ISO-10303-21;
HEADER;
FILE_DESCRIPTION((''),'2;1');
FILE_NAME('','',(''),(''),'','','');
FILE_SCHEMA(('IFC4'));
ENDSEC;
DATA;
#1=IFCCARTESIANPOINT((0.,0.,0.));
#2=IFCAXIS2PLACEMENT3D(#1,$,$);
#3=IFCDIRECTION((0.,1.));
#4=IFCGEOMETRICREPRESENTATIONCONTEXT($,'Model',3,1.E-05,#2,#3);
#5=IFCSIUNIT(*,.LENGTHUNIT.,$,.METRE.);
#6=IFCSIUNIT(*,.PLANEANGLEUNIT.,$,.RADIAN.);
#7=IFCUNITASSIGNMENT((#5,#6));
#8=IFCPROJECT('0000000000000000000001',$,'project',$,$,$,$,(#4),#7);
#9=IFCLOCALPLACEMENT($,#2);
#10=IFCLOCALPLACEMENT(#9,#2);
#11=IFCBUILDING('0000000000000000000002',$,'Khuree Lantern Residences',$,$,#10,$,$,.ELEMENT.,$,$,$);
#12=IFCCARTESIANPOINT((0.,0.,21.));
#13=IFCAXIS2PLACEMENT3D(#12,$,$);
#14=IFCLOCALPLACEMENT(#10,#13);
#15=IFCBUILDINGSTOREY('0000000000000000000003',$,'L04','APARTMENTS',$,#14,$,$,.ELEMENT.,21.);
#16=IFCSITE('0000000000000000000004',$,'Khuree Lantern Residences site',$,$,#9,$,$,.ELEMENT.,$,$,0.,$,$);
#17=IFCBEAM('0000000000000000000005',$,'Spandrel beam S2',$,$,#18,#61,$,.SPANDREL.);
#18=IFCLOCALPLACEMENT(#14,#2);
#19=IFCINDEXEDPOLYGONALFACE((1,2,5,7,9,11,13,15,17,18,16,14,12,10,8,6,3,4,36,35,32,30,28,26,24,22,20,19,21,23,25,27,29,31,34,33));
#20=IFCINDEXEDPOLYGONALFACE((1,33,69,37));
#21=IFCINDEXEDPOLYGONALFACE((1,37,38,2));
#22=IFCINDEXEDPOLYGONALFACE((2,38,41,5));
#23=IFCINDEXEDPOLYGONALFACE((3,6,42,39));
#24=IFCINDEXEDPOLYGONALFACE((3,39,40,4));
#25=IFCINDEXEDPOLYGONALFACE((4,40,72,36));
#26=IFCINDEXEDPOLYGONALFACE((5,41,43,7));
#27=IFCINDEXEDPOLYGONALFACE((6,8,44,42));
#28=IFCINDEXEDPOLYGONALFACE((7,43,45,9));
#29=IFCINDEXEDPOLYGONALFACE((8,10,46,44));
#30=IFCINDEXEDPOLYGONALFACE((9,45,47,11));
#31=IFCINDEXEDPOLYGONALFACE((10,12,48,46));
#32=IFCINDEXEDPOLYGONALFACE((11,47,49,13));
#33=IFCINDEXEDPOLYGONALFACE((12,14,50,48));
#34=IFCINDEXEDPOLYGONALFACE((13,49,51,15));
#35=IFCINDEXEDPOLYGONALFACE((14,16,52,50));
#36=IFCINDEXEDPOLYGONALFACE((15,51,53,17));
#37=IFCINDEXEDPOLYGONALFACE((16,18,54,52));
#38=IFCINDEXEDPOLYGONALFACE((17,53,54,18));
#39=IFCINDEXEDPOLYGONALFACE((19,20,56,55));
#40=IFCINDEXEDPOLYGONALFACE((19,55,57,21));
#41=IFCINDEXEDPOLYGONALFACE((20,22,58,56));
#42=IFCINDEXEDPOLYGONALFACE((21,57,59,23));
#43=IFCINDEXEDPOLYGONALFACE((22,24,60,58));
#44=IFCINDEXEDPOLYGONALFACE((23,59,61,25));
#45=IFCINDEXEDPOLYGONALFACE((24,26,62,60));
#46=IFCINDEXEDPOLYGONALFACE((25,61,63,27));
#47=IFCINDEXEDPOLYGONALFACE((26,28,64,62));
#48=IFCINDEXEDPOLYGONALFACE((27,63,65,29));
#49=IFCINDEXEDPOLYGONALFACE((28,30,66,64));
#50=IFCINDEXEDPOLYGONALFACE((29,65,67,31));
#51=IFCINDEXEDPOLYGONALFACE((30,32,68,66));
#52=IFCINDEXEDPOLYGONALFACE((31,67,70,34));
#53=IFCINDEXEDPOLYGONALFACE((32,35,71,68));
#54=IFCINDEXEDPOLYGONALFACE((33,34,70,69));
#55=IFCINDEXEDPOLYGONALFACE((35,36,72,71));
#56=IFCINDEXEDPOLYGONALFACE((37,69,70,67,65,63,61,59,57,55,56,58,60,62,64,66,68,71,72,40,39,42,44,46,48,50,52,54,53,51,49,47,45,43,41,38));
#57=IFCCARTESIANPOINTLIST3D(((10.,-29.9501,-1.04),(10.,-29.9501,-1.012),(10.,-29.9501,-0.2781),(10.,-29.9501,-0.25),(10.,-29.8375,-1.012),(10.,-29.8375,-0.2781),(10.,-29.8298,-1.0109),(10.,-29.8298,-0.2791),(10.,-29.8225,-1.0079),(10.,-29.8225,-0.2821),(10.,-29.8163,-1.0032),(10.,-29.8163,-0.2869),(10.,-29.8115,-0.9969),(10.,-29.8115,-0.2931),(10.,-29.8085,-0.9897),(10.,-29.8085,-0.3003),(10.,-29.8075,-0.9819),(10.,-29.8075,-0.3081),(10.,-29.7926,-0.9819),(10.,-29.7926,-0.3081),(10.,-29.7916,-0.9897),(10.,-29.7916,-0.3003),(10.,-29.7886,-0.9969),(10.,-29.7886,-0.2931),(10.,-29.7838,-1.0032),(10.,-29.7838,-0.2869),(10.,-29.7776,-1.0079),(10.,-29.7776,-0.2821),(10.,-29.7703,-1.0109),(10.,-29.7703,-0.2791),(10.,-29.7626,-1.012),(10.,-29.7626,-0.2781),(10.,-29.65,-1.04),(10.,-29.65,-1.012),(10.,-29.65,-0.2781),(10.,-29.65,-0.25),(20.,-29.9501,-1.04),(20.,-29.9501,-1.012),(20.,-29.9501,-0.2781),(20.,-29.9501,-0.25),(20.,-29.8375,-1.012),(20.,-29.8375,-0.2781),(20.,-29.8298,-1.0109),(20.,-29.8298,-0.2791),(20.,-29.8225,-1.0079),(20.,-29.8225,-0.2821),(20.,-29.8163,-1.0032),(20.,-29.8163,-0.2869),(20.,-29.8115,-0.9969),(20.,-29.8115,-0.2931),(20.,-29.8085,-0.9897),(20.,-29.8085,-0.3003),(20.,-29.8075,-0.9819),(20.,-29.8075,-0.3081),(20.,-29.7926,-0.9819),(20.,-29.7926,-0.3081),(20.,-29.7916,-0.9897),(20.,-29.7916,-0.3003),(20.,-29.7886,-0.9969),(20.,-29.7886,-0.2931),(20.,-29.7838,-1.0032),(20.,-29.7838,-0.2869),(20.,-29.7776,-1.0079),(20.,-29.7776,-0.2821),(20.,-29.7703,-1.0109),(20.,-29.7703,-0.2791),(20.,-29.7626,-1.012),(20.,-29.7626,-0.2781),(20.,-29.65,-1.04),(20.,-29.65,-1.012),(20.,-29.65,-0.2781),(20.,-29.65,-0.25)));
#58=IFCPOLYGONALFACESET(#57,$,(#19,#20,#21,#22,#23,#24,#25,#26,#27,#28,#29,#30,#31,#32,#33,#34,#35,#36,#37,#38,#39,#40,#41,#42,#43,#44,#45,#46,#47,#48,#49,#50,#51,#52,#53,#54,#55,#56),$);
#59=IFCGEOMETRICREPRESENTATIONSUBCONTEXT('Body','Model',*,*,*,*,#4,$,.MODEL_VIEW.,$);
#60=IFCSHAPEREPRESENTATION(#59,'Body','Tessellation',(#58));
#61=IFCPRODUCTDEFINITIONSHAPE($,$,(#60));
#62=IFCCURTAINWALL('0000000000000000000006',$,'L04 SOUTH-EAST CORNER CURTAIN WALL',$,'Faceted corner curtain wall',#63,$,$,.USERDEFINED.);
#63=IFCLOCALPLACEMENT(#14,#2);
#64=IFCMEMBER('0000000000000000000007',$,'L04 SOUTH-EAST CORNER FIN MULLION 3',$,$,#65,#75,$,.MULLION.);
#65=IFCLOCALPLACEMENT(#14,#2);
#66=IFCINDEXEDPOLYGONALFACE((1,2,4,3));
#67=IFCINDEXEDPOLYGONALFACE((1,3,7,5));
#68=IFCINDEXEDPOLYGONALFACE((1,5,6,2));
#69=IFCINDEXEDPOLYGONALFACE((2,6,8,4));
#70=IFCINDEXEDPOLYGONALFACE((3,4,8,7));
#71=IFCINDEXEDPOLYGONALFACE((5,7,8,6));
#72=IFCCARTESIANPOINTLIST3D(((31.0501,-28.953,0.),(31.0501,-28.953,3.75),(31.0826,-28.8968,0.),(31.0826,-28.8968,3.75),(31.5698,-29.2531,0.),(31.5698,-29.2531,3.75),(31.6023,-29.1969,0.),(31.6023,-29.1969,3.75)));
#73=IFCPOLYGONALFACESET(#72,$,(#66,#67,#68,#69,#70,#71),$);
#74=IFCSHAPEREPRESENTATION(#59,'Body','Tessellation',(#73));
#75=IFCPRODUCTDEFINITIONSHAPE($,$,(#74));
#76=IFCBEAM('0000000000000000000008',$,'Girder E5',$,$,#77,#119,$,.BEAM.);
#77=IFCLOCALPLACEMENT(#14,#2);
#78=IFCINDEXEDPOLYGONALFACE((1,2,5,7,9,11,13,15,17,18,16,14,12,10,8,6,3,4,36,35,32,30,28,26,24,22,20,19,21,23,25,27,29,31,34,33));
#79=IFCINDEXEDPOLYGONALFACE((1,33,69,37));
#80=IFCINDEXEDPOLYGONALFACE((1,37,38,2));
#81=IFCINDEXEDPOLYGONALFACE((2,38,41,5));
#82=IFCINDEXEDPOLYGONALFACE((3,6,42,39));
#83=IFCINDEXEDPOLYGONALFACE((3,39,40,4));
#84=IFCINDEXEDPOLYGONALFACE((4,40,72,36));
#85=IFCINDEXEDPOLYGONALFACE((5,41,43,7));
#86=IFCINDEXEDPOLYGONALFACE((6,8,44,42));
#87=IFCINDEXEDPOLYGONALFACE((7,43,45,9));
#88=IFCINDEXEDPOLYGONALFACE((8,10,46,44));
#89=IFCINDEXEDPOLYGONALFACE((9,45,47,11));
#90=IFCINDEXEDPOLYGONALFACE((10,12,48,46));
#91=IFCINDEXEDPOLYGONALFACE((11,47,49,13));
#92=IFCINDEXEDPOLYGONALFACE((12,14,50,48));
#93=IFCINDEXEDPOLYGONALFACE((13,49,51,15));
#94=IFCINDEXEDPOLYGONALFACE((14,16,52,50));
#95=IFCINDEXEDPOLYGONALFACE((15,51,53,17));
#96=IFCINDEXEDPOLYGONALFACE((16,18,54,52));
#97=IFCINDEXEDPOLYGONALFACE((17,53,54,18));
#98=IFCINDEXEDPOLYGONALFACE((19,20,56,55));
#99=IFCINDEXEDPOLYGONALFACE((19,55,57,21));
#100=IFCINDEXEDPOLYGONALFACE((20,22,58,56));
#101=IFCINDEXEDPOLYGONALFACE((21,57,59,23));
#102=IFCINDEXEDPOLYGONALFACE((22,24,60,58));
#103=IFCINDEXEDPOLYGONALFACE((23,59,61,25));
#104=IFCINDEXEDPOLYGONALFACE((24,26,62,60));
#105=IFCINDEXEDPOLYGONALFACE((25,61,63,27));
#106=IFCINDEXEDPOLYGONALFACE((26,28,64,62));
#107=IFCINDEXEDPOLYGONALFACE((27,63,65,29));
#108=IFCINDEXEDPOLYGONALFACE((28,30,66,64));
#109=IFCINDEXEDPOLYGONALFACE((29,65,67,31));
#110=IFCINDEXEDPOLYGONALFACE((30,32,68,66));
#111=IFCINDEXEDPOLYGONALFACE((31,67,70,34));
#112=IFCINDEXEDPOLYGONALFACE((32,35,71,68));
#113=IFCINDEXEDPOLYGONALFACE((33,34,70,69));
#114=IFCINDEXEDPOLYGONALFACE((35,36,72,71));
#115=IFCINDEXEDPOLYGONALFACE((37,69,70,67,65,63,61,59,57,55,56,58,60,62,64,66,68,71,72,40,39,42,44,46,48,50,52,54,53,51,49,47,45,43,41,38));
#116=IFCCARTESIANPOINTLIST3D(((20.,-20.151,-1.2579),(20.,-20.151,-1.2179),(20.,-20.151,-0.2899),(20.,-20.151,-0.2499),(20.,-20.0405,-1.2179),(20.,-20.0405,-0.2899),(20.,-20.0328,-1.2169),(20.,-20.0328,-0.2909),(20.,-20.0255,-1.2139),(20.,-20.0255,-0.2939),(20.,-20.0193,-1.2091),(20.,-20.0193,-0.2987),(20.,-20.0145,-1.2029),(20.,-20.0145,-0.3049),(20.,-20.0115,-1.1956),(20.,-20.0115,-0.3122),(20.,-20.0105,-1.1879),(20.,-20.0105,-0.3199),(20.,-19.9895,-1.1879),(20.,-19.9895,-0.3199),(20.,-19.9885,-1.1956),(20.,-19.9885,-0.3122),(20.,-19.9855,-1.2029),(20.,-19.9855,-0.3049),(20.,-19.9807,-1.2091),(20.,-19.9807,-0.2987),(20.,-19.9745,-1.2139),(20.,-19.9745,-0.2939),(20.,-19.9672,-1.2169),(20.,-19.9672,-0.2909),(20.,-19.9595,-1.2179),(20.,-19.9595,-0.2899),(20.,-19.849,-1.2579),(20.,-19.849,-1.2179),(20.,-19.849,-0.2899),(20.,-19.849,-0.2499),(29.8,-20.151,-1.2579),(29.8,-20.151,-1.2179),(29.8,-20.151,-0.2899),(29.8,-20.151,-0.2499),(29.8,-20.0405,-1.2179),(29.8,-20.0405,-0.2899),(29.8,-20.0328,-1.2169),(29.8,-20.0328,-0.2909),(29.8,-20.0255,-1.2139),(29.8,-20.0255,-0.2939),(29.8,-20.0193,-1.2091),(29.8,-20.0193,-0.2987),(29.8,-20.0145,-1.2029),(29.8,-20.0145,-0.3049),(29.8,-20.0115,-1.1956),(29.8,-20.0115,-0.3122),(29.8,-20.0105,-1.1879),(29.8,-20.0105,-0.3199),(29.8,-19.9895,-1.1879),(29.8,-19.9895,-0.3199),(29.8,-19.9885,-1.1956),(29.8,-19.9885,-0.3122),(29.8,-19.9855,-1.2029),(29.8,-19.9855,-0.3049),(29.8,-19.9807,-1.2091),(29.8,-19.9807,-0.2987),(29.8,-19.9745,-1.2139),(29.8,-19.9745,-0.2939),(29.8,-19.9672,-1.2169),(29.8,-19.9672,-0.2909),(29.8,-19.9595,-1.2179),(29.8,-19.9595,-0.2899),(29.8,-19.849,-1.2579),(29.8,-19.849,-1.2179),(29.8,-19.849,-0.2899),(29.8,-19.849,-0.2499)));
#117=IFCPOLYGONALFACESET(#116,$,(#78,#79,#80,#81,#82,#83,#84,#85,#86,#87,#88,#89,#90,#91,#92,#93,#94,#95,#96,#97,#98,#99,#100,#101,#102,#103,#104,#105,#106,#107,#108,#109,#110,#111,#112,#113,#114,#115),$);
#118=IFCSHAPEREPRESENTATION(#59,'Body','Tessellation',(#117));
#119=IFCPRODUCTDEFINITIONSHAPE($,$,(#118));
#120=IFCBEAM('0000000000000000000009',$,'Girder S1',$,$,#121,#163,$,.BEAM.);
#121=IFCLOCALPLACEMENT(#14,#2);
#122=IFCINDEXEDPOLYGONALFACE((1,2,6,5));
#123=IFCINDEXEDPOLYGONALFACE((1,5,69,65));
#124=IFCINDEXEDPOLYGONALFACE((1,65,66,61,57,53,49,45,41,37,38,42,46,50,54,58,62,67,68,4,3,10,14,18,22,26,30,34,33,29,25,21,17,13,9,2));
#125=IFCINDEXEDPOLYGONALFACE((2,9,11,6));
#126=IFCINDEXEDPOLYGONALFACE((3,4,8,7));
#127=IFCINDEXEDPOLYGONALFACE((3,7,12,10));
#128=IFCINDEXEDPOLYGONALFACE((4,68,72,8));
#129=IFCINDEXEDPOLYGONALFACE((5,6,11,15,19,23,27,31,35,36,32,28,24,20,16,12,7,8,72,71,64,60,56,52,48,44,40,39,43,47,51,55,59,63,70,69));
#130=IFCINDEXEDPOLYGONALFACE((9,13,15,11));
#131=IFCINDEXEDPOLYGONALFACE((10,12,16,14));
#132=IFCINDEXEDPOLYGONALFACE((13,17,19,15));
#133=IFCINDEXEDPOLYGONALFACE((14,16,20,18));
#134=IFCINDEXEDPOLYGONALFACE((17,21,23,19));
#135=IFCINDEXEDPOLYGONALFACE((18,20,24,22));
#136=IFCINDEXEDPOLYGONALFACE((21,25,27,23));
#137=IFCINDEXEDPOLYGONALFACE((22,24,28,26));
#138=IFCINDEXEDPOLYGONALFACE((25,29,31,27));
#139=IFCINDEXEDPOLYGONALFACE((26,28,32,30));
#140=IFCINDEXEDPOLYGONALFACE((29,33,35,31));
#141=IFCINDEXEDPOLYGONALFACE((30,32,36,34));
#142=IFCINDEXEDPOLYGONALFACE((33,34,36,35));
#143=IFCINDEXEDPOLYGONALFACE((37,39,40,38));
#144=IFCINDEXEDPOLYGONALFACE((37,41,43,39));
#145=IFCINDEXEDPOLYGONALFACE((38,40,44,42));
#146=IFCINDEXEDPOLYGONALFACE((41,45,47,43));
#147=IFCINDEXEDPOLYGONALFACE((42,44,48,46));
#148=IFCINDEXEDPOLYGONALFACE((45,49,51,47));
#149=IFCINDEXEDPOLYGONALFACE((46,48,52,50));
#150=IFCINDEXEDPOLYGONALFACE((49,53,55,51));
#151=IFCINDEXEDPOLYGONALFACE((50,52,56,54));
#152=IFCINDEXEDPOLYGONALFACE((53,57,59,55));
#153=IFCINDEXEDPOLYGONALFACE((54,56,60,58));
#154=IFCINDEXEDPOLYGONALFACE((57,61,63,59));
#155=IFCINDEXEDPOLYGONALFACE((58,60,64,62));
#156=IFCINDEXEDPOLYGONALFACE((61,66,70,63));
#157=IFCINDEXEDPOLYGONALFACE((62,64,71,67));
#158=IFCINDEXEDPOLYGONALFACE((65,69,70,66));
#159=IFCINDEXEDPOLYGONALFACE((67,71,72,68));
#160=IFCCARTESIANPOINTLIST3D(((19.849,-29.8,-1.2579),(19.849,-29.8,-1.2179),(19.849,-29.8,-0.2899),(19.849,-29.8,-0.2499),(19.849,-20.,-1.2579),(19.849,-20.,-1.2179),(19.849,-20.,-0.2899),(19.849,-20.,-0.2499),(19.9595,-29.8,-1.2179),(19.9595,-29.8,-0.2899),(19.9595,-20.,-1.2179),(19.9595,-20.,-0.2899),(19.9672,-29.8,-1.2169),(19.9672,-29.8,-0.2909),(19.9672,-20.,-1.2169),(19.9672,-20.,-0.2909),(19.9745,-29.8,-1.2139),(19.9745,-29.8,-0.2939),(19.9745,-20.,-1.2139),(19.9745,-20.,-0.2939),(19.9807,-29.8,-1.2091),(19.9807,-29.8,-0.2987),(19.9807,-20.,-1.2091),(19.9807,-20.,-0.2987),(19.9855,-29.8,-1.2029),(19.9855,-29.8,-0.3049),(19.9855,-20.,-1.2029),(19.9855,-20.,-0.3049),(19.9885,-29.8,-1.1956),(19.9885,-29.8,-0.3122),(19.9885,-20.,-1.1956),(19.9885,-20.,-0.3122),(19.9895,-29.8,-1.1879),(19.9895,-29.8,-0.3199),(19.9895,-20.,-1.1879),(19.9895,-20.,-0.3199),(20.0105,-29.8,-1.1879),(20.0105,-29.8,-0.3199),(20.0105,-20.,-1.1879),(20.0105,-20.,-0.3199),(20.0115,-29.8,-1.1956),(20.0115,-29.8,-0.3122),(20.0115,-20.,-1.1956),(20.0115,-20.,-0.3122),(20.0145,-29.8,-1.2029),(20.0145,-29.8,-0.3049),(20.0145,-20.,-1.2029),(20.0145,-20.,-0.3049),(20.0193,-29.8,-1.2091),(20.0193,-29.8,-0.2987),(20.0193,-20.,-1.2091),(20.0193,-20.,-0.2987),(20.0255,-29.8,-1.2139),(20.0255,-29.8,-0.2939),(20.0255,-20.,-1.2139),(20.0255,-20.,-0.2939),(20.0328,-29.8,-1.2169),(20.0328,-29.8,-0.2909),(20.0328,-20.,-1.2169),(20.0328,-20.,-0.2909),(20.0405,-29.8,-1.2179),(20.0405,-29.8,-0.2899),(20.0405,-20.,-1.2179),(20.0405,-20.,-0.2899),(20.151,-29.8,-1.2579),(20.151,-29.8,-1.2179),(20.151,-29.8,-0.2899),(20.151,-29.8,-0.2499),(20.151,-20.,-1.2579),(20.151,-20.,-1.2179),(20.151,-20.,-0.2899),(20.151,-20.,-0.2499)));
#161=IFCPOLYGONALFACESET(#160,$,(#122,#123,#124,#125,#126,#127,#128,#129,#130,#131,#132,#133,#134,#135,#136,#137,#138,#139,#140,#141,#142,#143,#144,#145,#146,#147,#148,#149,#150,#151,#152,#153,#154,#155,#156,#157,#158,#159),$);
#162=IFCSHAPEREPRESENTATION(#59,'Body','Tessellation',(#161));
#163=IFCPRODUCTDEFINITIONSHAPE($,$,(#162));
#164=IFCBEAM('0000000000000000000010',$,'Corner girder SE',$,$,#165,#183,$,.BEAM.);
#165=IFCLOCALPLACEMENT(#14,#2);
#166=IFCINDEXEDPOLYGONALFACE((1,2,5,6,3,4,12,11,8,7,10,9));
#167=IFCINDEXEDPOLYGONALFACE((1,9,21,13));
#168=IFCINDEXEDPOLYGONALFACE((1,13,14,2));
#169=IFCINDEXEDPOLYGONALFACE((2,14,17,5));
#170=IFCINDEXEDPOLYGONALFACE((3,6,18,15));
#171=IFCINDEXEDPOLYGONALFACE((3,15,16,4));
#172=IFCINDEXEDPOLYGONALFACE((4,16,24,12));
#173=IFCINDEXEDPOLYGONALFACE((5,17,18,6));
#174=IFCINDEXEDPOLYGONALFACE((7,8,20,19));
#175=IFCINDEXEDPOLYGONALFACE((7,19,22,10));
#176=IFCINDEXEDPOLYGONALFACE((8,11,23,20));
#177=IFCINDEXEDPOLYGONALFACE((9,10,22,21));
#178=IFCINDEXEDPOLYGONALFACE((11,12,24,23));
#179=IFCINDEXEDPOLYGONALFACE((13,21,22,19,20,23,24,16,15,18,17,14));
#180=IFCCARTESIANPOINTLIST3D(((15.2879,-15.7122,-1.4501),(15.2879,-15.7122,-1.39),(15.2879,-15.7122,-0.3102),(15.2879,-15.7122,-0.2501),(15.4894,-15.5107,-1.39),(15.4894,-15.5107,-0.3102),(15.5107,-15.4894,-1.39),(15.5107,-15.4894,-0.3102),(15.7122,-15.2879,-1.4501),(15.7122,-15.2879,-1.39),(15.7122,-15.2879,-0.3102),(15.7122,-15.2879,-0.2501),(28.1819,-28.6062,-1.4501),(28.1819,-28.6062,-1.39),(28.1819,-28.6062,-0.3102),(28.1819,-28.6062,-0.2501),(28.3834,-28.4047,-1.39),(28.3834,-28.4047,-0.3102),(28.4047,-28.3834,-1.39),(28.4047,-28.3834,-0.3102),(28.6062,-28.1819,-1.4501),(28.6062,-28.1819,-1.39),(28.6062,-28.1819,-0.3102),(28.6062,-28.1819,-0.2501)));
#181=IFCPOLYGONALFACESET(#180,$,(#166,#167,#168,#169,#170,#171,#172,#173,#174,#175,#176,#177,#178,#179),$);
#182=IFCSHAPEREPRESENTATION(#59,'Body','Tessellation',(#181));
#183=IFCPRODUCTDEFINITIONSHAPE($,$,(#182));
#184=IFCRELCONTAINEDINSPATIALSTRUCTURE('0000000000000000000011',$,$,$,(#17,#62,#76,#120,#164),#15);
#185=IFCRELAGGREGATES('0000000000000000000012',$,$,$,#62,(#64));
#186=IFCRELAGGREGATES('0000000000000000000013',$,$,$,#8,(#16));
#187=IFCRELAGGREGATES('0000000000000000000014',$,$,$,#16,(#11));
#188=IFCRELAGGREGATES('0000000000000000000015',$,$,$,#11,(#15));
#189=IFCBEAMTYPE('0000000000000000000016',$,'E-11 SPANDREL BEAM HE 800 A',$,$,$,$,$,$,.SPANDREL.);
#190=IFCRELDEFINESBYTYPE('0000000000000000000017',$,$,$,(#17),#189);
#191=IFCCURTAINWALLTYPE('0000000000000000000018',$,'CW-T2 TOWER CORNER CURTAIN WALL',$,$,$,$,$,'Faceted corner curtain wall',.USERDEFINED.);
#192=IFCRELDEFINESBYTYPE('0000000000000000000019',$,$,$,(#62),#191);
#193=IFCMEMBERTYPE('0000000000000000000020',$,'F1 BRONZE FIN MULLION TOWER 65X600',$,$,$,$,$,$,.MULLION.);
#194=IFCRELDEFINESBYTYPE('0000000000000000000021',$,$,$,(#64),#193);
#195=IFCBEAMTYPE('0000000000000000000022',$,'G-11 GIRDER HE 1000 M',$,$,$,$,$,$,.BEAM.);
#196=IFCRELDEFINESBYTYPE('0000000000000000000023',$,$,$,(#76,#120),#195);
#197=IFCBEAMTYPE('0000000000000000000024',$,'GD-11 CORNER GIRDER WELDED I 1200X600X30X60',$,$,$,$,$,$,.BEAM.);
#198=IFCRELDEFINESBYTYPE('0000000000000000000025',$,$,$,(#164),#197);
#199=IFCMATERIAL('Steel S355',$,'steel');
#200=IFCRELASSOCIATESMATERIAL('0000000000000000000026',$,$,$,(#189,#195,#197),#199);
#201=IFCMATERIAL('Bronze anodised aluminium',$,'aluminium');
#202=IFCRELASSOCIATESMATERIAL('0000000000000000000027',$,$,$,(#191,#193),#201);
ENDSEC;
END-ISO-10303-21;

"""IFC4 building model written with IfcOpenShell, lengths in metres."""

from ifc_helpers import new_model, si_unit, direction, frame, origin, origin_2d, place, context, subcontext, project, spatial, rectangle, i_section, extrude, material, material_profile, profile_set, type_object, element, aggregate, save


model = new_model("IFC4")

# Units and contexts
model_context = context("Model", 3, precision=1e-05, world=origin(), true_north=direction((0.0, 1.0)))
body_context = subcontext(model_context, "Body", "Model", "MODEL_VIEW")
ifc_project = project(units=[si_unit("LENGTHUNIT", "METRE"), si_unit("PLANEANGLEUNIT", "RADIAN")], contexts=[model_context])

# Site, building, storey
site_placement = place(None, origin())
site = spatial("IfcSite", under=ifc_project, at=site_placement, Name="Khuree Lantern Residences site", CompositionType="ELEMENT", RefElevation=0.0)
building_placement = place(site_placement, origin())
building = spatial("IfcBuilding", under=site, at=building_placement, Name="Khuree Lantern Residences", CompositionType="ELEMENT")
storey_placement = place(building_placement, frame((0.0, 0.0, 21.0)))
storey = spatial("IfcBuildingStorey", under=building, at=storey_placement, Name="L04", Description="APARTMENTS", CompositionType="ELEMENT", Elevation=21.0)

# Beam
ifc_material_1 = material(Name="Steel S355", Category="steel")
ifc_material_profile_1 = material_profile(ifc_material_1, i_section(OverallWidth=0.3, OverallDepth=0.79, WebThickness=0.0149, FlangeThickness=0.0281, FilletRadius=0.03, at=origin_2d()), Name="HE 800 A")
ifc_profile_set_1 = profile_set([ifc_material_profile_1], Name="Steel S355")
beam_type_1 = type_object("IfcBeamType", Name="E-11 SPANDREL BEAM HE 800 A", PredefinedType="SPANDREL", material=ifc_profile_set_1)
beam_1_placement = place(storey_placement, frame((20.0, -29.8, -0.645), z_axis=(-1.0, 0.0, 0.0), x_axis=(0.0, -1.0, 0.0)))
element("IfcBeam", 1, at=beam_1_placement, inside=storey, type_object=beam_type_1, Name="Spandrel beam S2", PredefinedType="SPANDREL", context=body_context, shape_type="SweptSolid", body=[
    extrude(i_section(OverallWidth=0.3, OverallDepth=0.79, WebThickness=0.0149, FlangeThickness=0.0281, FilletRadius=0.03, at=origin_2d()), origin(), (0.0, 0.0, 1.0), 10.0),
])

# Curtain wall, member
ifc_material_2 = material(Name="Bronze anodised aluminium", Category="aluminium")
curtain_wall_type_1 = type_object("IfcCurtainWallType", Name="CW-T2 TOWER CORNER CURTAIN WALL", ElementType="Faceted corner curtain wall", PredefinedType="USERDEFINED", material=ifc_material_2)
curtain_wall_1_placement = place(storey_placement, origin())
curtain_wall_1 = element("IfcCurtainWall", 2, at=curtain_wall_1_placement, inside=storey, type_object=curtain_wall_type_1, Name="L04 SOUTH-EAST CORNER CURTAIN WALL", ObjectType="Faceted corner curtain wall", PredefinedType="USERDEFINED")
ifc_material_profile_2 = material_profile(ifc_material_2, rectangle(XDim=0.0649, YDim=0.6001, at=origin_2d()), Name="F1 65X600")
ifc_profile_set_2 = profile_set([ifc_material_profile_2], Name="Bronze anodised aluminium")
member_type_1 = type_object("IfcMemberType", Name="F1 BRONZE FIN MULLION TOWER 65X600", PredefinedType="MULLION", material=ifc_profile_set_2)
member_1_placement = place(storey_placement, frame((31.3262, -29.075, 0.0), z_axis=(0.0, 0.0, 1.0), x_axis=(0.5, 0.866025, 0.0)))
member_1 = element("IfcMember", 3, at=member_1_placement, type_object=member_type_1, Name="L04 SOUTH-EAST CORNER FIN MULLION 3", PredefinedType="MULLION", context=body_context, shape_type="SweptSolid", body=[
    extrude(rectangle(XDim=0.0649, YDim=0.6001, at=origin_2d()), origin(), (0.0, 0.0, 1.0), 3.75),
])

# Beams
ifc_material_profile_3 = material_profile(ifc_material_1, i_section(OverallWidth=0.302, OverallDepth=1.0081, WebThickness=0.021, FlangeThickness=0.04, FilletRadius=0.03, at=origin_2d()), Name="HE 1000 M")
ifc_profile_set_3 = profile_set([ifc_material_profile_3], Name="Steel S355")
beam_type_2 = type_object("IfcBeamType", Name="G-11 GIRDER HE 1000 M", PredefinedType="BEAM", material=ifc_profile_set_3)
for number, where, z_axis, x_axis, name in (
    (4, (29.8, -20.0, -0.7539), (-1.0, 0.0, 0.0), (0.0, -1.0, 0.0), "Girder E5"),
    (5, (20.0, -29.8, -0.7539), (0.0, 1.0, 0.0), (-1.0, 0.0, 0.0), "Girder S1"),
):
    element("IfcBeam", number, at=place(storey_placement, frame(where, z_axis=z_axis, x_axis=x_axis)), inside=storey, type_object=beam_type_2, Name=name, PredefinedType="BEAM", context=body_context, shape_type="SweptSolid", body=[
        extrude(i_section(OverallWidth=0.302, OverallDepth=1.0081, WebThickness=0.021, FlangeThickness=0.04, FilletRadius=0.03, at=origin_2d()), origin(), (0.0, 0.0, 1.0), 9.8),
    ])
ifc_material_profile_4 = material_profile(ifc_material_1, i_section(OverallWidth=0.6001, OverallDepth=1.2, WebThickness=0.03, FlangeThickness=0.0601, at=origin_2d()), Name="WELDED I 1200X600X30X60")
ifc_profile_set_4 = profile_set([ifc_material_profile_4], Name="Steel S355")
beam_type_3 = type_object("IfcBeamType", Name="GD-11 CORNER GIRDER WELDED I 1200X600X30X60", PredefinedType="BEAM", material=ifc_profile_set_4)
beam_2_placement = place(storey_placement, frame((28.394, -28.394, -0.8501), z_axis=(-0.707107, 0.707107, 0.0), x_axis=(-0.707107, -0.707107, 0.0)))
element("IfcBeam", 6, at=beam_2_placement, inside=storey, type_object=beam_type_3, Name="Corner girder SE", PredefinedType="BEAM", context=body_context, shape_type="SweptSolid", body=[
    extrude(i_section(OverallWidth=0.6001, OverallDepth=1.2, WebThickness=0.03, FlangeThickness=0.0601, at=origin_2d()), origin(), (0.0, 0.0, 1.0), 18.2349),
])

aggregate(curtain_wall_1, [member_1])

save(model, "model.ifc")
